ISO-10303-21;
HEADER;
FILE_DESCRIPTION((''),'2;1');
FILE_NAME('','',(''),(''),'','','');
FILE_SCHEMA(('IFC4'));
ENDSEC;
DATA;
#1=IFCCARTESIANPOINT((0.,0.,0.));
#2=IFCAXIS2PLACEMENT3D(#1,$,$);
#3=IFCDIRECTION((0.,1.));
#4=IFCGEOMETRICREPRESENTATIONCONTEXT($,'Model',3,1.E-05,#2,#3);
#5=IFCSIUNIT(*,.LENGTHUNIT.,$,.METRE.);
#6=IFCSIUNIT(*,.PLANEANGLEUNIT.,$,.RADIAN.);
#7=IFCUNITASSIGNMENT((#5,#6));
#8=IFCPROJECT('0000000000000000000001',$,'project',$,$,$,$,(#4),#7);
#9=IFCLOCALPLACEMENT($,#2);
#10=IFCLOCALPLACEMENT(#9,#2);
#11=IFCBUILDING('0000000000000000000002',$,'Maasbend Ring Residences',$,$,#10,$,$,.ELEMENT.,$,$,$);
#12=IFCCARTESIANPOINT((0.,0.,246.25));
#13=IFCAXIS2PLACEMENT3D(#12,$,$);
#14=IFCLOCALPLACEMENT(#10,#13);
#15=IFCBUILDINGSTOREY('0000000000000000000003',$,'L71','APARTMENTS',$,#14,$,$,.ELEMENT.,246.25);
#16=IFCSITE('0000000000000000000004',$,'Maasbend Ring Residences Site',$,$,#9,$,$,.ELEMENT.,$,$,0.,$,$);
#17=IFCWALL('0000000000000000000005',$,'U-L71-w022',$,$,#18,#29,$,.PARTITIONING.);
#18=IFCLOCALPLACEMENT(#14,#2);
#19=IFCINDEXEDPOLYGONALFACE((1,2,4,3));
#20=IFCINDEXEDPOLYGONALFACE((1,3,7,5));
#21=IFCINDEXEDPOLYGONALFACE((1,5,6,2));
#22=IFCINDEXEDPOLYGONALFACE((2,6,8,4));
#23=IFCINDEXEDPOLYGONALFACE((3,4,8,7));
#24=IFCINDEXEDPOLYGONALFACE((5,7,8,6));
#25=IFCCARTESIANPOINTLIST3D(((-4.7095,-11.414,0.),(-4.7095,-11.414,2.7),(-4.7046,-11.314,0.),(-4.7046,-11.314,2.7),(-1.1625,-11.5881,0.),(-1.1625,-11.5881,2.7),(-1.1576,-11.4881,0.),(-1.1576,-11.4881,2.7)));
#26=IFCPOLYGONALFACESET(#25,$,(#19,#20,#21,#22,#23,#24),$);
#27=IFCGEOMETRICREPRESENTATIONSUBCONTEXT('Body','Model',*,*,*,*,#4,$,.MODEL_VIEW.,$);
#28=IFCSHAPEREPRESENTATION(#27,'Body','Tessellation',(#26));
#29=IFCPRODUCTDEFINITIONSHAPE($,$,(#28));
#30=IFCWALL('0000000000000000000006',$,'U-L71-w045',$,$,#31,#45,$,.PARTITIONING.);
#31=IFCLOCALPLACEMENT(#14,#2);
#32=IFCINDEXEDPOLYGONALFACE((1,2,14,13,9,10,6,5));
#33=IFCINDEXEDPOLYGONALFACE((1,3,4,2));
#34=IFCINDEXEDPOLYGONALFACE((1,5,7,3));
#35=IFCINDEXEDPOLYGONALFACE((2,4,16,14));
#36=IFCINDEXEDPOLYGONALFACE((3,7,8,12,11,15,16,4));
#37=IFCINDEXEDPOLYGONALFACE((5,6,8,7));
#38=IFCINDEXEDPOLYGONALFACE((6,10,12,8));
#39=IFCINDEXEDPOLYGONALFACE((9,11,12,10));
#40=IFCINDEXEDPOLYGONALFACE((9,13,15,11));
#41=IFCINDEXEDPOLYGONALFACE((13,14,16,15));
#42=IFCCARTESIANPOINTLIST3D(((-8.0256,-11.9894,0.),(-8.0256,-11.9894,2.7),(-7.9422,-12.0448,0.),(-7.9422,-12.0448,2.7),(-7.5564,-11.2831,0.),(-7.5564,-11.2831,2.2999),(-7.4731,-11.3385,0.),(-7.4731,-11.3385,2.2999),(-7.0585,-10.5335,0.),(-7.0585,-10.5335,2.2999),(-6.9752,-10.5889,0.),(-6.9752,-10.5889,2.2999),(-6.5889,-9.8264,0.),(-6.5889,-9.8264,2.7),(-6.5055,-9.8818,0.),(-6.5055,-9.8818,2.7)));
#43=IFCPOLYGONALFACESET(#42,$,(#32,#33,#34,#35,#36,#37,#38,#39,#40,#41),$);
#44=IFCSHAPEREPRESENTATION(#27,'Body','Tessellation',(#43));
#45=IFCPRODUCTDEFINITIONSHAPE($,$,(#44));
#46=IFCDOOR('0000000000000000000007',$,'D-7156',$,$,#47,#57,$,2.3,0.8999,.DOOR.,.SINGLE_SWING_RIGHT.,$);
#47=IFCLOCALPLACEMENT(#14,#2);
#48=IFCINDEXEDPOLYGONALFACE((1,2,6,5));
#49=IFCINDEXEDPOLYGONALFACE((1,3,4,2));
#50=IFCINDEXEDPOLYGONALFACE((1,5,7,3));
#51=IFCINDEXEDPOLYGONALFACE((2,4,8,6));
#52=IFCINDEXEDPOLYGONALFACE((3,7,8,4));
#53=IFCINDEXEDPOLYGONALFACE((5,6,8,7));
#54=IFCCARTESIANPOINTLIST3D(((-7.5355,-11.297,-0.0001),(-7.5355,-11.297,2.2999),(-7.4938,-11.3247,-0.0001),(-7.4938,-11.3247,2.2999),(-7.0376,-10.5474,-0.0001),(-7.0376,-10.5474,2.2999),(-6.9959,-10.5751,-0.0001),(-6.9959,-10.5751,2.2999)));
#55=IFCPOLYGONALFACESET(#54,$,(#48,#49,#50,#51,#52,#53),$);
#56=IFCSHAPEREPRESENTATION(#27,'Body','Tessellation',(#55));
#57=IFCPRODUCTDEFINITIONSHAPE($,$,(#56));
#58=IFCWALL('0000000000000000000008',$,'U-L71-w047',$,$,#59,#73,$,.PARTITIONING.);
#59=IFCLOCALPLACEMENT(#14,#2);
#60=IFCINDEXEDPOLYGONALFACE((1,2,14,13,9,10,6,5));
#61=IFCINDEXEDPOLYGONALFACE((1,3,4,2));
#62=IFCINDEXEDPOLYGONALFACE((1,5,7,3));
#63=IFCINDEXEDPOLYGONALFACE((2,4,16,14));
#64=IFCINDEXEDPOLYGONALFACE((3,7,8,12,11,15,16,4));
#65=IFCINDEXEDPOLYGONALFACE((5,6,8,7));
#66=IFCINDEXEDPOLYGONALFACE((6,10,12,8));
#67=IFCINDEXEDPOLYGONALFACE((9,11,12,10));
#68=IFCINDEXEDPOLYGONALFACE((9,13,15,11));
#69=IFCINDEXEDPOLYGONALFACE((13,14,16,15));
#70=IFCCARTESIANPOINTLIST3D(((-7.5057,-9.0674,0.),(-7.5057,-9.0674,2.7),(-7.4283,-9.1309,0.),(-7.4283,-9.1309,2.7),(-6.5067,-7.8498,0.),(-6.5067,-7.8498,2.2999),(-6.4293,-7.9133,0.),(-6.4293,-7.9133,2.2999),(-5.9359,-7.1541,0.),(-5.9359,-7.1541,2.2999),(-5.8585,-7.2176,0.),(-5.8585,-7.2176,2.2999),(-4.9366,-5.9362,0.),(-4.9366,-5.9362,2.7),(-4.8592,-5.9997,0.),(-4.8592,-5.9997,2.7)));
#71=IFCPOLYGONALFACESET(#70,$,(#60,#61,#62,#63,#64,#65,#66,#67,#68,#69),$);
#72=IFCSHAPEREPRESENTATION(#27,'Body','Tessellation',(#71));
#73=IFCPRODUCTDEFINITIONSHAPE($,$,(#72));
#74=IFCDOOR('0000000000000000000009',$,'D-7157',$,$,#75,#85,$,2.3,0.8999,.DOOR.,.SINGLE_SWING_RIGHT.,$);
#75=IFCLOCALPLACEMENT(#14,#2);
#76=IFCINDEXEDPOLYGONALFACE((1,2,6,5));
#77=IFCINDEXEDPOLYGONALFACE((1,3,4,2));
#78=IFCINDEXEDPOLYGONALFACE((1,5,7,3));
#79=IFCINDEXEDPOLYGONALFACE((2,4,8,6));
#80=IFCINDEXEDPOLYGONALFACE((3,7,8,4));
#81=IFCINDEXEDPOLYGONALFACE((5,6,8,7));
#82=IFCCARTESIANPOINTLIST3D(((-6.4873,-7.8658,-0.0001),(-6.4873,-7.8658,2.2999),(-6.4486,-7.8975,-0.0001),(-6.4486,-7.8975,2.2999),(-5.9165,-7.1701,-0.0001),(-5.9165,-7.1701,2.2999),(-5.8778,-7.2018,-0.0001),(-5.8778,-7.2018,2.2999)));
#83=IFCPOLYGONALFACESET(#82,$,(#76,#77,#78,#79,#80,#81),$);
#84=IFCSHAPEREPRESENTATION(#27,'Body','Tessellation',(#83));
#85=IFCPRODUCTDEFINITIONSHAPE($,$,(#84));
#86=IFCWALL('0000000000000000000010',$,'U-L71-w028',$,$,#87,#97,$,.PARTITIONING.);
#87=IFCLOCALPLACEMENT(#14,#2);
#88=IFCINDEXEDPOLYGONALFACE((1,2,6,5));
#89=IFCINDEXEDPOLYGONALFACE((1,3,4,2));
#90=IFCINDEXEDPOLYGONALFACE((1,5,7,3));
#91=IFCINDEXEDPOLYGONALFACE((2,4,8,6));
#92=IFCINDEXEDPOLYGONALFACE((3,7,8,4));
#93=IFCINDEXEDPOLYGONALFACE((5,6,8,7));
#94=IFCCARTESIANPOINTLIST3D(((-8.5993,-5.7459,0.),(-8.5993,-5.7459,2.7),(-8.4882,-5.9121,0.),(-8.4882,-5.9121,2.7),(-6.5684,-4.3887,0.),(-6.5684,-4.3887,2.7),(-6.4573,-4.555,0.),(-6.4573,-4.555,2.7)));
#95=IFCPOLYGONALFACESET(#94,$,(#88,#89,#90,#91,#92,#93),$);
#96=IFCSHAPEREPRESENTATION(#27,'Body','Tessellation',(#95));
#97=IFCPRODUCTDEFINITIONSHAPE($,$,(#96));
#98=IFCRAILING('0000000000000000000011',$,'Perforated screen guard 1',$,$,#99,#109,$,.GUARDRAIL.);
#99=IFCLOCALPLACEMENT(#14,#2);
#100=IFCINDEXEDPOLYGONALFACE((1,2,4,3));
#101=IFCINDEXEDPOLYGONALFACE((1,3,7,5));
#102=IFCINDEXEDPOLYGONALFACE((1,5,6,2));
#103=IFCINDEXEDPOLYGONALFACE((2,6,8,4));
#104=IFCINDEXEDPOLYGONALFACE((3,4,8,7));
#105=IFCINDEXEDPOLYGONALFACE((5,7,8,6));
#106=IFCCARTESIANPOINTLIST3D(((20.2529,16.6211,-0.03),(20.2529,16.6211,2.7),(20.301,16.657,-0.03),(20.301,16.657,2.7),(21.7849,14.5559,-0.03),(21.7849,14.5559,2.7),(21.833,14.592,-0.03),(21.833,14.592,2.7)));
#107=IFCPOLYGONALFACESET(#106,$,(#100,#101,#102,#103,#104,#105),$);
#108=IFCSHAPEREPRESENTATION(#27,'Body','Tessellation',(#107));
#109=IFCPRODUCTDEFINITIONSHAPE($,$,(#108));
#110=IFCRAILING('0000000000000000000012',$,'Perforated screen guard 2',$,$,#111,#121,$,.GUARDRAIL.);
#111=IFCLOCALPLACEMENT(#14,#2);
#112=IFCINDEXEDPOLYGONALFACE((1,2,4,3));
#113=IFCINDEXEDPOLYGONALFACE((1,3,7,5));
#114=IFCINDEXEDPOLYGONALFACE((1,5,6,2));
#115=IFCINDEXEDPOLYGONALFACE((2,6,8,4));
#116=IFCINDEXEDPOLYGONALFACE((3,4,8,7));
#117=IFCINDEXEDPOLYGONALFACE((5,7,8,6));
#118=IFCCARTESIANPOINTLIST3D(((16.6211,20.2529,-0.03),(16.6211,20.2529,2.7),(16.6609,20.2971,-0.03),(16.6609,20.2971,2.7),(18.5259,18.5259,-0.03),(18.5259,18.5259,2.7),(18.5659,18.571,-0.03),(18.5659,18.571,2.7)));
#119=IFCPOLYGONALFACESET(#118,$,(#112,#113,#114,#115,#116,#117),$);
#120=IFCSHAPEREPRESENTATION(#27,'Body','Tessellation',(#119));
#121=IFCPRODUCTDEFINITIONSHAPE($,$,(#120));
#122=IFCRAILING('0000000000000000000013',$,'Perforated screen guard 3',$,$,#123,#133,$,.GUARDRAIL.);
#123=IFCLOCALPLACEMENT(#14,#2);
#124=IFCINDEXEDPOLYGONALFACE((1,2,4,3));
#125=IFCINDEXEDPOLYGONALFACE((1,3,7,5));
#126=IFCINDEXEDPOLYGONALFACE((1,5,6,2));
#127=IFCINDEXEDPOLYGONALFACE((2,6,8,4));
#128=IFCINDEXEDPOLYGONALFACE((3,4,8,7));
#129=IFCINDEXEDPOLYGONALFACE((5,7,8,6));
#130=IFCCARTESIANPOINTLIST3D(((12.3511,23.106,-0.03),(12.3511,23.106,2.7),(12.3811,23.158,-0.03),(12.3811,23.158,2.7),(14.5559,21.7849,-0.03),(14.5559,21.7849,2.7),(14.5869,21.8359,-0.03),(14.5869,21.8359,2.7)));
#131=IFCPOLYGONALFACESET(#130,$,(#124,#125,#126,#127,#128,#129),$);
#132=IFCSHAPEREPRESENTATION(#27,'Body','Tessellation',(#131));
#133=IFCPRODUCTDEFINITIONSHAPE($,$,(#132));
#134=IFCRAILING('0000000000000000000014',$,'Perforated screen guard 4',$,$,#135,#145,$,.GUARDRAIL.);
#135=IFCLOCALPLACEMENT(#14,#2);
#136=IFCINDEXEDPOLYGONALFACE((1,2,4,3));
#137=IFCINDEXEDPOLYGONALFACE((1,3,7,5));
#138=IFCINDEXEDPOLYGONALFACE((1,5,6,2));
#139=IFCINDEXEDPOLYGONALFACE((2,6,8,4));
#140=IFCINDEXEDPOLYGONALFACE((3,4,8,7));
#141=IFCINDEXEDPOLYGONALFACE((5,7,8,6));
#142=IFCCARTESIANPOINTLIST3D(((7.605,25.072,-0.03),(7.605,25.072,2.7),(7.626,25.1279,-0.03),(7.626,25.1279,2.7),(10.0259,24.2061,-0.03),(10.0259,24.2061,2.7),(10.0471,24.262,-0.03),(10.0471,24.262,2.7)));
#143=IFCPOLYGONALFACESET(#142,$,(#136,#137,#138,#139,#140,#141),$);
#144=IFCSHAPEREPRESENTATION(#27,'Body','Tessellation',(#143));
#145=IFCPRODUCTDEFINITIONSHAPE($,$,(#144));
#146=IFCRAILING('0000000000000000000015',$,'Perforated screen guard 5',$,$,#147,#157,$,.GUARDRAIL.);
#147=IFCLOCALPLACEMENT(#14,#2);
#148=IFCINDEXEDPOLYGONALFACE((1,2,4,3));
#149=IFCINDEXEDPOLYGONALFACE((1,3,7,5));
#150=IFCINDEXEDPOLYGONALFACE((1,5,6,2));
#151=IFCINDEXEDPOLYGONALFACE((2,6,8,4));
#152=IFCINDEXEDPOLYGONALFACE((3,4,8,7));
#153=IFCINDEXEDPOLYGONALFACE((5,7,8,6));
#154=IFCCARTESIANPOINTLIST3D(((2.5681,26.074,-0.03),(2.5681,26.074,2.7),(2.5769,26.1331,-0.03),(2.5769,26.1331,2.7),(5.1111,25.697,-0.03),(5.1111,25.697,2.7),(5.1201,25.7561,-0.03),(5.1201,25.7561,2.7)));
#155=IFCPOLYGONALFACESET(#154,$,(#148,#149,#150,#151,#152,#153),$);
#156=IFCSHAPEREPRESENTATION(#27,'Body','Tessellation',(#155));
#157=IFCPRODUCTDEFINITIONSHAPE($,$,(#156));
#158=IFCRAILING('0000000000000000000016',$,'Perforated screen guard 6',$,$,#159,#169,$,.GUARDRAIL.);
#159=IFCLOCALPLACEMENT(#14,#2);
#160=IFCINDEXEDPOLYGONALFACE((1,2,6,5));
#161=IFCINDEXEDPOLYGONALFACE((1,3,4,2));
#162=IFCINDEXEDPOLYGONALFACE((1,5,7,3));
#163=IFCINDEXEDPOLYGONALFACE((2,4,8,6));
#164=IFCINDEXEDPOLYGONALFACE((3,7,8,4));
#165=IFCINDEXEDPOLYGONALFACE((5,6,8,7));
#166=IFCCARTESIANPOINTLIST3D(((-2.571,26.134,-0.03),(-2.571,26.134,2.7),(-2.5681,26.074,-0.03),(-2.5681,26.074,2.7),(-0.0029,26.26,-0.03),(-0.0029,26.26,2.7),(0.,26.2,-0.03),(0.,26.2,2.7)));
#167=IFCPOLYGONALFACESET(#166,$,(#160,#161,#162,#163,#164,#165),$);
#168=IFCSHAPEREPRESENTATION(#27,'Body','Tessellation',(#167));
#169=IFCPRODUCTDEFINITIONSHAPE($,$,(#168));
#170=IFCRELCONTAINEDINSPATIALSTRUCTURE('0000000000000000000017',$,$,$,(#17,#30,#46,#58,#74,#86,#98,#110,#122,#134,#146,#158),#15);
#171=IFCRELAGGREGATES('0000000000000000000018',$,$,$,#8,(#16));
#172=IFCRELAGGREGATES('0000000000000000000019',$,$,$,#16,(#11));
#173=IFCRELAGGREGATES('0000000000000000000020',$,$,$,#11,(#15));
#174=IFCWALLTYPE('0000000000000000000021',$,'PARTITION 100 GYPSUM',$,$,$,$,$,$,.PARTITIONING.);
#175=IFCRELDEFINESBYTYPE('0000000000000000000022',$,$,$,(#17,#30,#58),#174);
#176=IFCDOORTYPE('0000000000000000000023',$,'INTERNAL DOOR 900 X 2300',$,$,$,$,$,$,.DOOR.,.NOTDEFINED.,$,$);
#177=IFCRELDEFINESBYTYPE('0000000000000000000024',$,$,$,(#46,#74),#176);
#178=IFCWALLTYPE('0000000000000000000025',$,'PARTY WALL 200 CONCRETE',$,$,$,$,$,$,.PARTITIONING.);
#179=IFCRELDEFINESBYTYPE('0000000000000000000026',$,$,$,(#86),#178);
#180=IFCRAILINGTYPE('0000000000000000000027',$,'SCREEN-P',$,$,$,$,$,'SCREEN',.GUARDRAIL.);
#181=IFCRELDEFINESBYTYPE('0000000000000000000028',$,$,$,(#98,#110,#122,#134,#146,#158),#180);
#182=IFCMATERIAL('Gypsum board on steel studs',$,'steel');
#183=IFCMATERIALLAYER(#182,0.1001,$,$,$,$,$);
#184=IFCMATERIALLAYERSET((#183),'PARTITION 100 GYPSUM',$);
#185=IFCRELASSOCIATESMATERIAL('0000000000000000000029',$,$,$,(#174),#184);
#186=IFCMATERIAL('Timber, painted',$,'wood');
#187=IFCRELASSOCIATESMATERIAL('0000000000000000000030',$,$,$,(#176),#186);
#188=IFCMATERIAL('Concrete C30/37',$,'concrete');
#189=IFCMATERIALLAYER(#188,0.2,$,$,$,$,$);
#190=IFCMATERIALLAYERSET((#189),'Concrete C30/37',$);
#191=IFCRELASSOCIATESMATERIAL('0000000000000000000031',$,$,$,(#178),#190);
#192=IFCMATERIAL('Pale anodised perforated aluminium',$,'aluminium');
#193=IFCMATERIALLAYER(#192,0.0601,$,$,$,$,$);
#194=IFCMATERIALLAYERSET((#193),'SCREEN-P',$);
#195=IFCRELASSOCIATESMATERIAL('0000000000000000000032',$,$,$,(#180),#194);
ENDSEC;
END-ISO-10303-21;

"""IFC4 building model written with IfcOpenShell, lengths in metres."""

from ifc_helpers import new_model, si_unit, direction, frame, frame_2d, origin, place, context, subcontext, project, spatial, polyline, rectangle, outline, extrude, material, layer, layer_set, type_object, element, fill, save


model = new_model("IFC4")

# Units and contexts
model_context = context("Model", 3, precision=1e-05, world=origin(), true_north=direction((0.0, 1.0)))
body_context = subcontext(model_context, "Body", "Model", "MODEL_VIEW")
ifc_project = project(units=[si_unit("LENGTHUNIT", "METRE"), si_unit("PLANEANGLEUNIT", "RADIAN")], contexts=[model_context])

# Site, building, storey
site_placement = place(None, origin())
site = spatial("IfcSite", under=ifc_project, at=site_placement, Name="Maasbend Ring Residences Site", CompositionType="ELEMENT", RefElevation=0.0)
building_placement = place(site_placement, origin())
building = spatial("IfcBuilding", under=site, at=building_placement, Name="Maasbend Ring Residences", CompositionType="ELEMENT")
storey_placement = place(building_placement, frame((0.0, 0.0, 246.25)))
storey = spatial("IfcBuildingStorey", under=building, at=storey_placement, Name="L71", Description="APARTMENTS", CompositionType="ELEMENT", Elevation=246.25)

# Wall
ifc_material_1 = material(Name="Gypsum board on steel studs", Category="steel")
ifc_layer_1 = layer(ifc_material_1, 0.1001)
ifc_layer_set_1 = layer_set([ifc_layer_1], Name="PARTITION 100 GYPSUM")
wall_type_1 = type_object("IfcWallType", Name="PARTITION 100 GYPSUM", PredefinedType="PARTITIONING", material=ifc_layer_set_1)
wall_1_placement = place(storey_placement, frame((-4.707, -11.364, 0.0), z_axis=(0.0, 0.0, 1.0), x_axis=(0.998798, -0.049015, 0.0)))
element("IfcWall", 1, at=wall_1_placement, inside=storey, type_object=wall_type_1, Name="U-L71-w022", PredefinedType="PARTITIONING", context=body_context, shape_type="SweptSolid", body=[
    extrude(rectangle(XDim=3.5513, YDim=0.1001, at=frame_2d((1.7756, 0.0))), origin(), (0.0, 0.0, 1.0), 2.7),
])

# Walls, openings, doors
wall_2_placement = place(storey_placement, frame((-7.9839, -12.0171, 0.0), z_axis=(0.0, 0.0, 1.0), x_axis=(0.553289, 0.832989, 0.0)))
wall_2 = element("IfcWall", 2, at=wall_2_placement, inside=storey, type_object=wall_type_1, Name="U-L71-w045", PredefinedType="PARTITIONING", context=body_context, shape_type="SweptSolid", body=[
    extrude(rectangle(XDim=2.5967, YDim=0.1001, at=frame_2d((1.2983, 0.0))), origin(), (0.0, 0.0, 1.0), 2.7),
])
opening_1_placement = place(wall_2_placement, frame((0.8479, 0.0, 0.0)))
opening_1 = element("IfcOpeningElement", 3, at=opening_1_placement, cuts=wall_2, PredefinedType="OPENING", context=body_context, shape_type="SweptSolid", body=[
    extrude(rectangle(XDim=0.8999, YDim=2.3, at=frame_2d((0.45, 1.1499))), frame((0.0, 0.0601, 0.0), z_axis=(0.0, -1.0, 0.0), x_axis=(1.0, 0.0, 0.0)), (0.0, 0.0, 1.0), 0.1201),
])
ifc_material_2 = material(Name="Timber, painted", Category="wood")
door_type = type_object("IfcDoorType", Name="INTERNAL DOOR 900 X 2300", OperationType="NOTDEFINED", PredefinedType="DOOR", material=ifc_material_2)
door_1_placement = place(opening_1_placement, origin())
door_1 = element("IfcDoor", 4, at=door_1_placement, inside=storey, type_object=door_type, Name="D-7156", OperationType="SINGLE_SWING_RIGHT", OverallHeight=2.3, OverallWidth=0.8999, PredefinedType="DOOR", context=body_context, shape_type="SweptSolid", body=[
    extrude(rectangle(XDim=0.8999, YDim=2.3, at=frame_2d((0.45, 1.1499))), frame((0.0, 0.0249, 0.0), z_axis=(0.0, -1.0, 0.0), x_axis=(1.0, 0.0, 0.0)), (0.0, 0.0, 1.0), 0.05),
])
fill(opening_1, door_1)
wall_3_placement = place(storey_placement, frame((-7.467, -9.0991, 0.0), z_axis=(0.0, 0.0, 1.0), x_axis=(0.634314, 0.773076, 0.0)))
wall_3 = element("IfcWall", 5, at=wall_3_placement, inside=storey, type_object=wall_type_1, Name="U-L71-w047", PredefinedType="PARTITIONING", context=body_context, shape_type="SweptSolid", body=[
    extrude(rectangle(XDim=4.0503, YDim=0.1001, at=frame_2d((2.0251, 0.0))), origin(), (0.0, 0.0, 1.0), 2.7),
])
opening_2_placement = place(wall_3_placement, frame((1.575, 0.0, 0.0)))
opening_2 = element("IfcOpeningElement", 6, at=opening_2_placement, cuts=wall_3, PredefinedType="OPENING", context=body_context, shape_type="SweptSolid", body=[
    extrude(rectangle(XDim=0.8999, YDim=2.3, at=frame_2d((0.45, 1.1499))), frame((0.0, 0.0601, 0.0), z_axis=(0.0, -1.0, 0.0), x_axis=(1.0, 0.0, 0.0)), (0.0, 0.0, 1.0), 0.1201),
])
door_2_placement = place(opening_2_placement, origin())
door_2 = element("IfcDoor", 7, at=door_2_placement, inside=storey, type_object=door_type, Name="D-7157", OperationType="SINGLE_SWING_RIGHT", OverallHeight=2.3, OverallWidth=0.8999, PredefinedType="DOOR", context=body_context, shape_type="SweptSolid", body=[
    extrude(rectangle(XDim=0.8999, YDim=2.3, at=frame_2d((0.45, 1.1499))), frame((0.0, 0.0249, 0.0), z_axis=(0.0, -1.0, 0.0), x_axis=(1.0, 0.0, 0.0)), (0.0, 0.0, 1.0), 0.05),
])
fill(opening_2, door_2)

# Wall
ifc_material_3 = material(Name="Concrete C30/37", Category="concrete")
ifc_layer_2 = layer(ifc_material_3, 0.2)
ifc_layer_set_2 = layer_set([ifc_layer_2], Name="Concrete C30/37")
wall_type_2 = type_object("IfcWallType", Name="PARTY WALL 200 CONCRETE", PredefinedType="PARTITIONING", material=ifc_layer_set_2)
wall_4_placement = place(storey_placement, frame((-6.5129, -4.4719, 0.0), z_axis=(0.0, 0.0, 1.0), x_axis=(-0.83145, -0.555599, 0.0)))
element("IfcWall", 8, at=wall_4_placement, inside=storey, type_object=wall_type_2, Name="U-L71-w028", PredefinedType="PARTITIONING", context=body_context, shape_type="SweptSolid", body=[
    extrude(rectangle(XDim=2.4426, YDim=0.2, at=frame_2d((1.2212, 0.0))), origin(), (0.0, 0.0, 1.0), 2.7),
])

# Railings
ifc_material_4 = material(Name="Pale anodised perforated aluminium", Category="aluminium")
ifc_layer_3 = layer(ifc_material_4, 0.0601)
ifc_layer_set_3 = layer_set([ifc_layer_3], Name="SCREEN-P")
railing_type = type_object("IfcRailingType", Name="SCREEN-P", ElementType="SCREEN", PredefinedType="GUARDRAIL", material=ifc_layer_set_3)
railing_1_placement = place(storey_placement, frame((0.0, 0.0, -0.03)))
element("IfcRailing", 9, at=railing_1_placement, inside=storey, type_object=railing_type, Name="Perforated screen guard 1", PredefinedType="GUARDRAIL", context=body_context, shape_type="SweptSolid", body=[
    extrude(outline(polyline([(21.7849, 14.5559), (20.2529, 16.6211), (20.301, 16.657), (21.833, 14.592), (21.7849, 14.5559)])), origin(), (0.0, 0.0, 1.0), 2.73),
])
railing_2_placement = place(storey_placement, frame((0.0, 0.0, -0.03)))
element("IfcRailing", 10, at=railing_2_placement, inside=storey, type_object=railing_type, Name="Perforated screen guard 2", PredefinedType="GUARDRAIL", context=body_context, shape_type="SweptSolid", body=[
    extrude(outline(polyline([(18.5259, 18.5259), (16.6211, 20.2529), (16.6609, 20.2971), (18.5659, 18.571), (18.5259, 18.5259)])), origin(), (0.0, 0.0, 1.0), 2.73),
])
railing_3_placement = place(storey_placement, frame((0.0, 0.0, -0.03)))
element("IfcRailing", 11, at=railing_3_placement, inside=storey, type_object=railing_type, Name="Perforated screen guard 3", PredefinedType="GUARDRAIL", context=body_context, shape_type="SweptSolid", body=[
    extrude(outline(polyline([(14.5559, 21.7849), (12.3511, 23.106), (12.3811, 23.158), (14.5869, 21.8359), (14.5559, 21.7849)])), origin(), (0.0, 0.0, 1.0), 2.73),
])
railing_4_placement = place(storey_placement, frame((0.0, 0.0, -0.03)))
element("IfcRailing", 12, at=railing_4_placement, inside=storey, type_object=railing_type, Name="Perforated screen guard 4", PredefinedType="GUARDRAIL", context=body_context, shape_type="SweptSolid", body=[
    extrude(outline(polyline([(10.0259, 24.2061), (7.605, 25.072), (7.626, 25.1279), (10.0471, 24.262), (10.0259, 24.2061)])), origin(), (0.0, 0.0, 1.0), 2.73),
])
railing_5_placement = place(storey_placement, frame((0.0, 0.0, -0.03)))
element("IfcRailing", 13, at=railing_5_placement, inside=storey, type_object=railing_type, Name="Perforated screen guard 5", PredefinedType="GUARDRAIL", context=body_context, shape_type="SweptSolid", body=[
    extrude(outline(polyline([(5.1111, 25.697), (2.5681, 26.074), (2.5769, 26.1331), (5.1201, 25.7561), (5.1111, 25.697)])), origin(), (0.0, 0.0, 1.0), 2.73),
])
railing_6_placement = place(storey_placement, frame((0.0, 0.0, -0.03)))
element("IfcRailing", 14, at=railing_6_placement, inside=storey, type_object=railing_type, Name="Perforated screen guard 6", PredefinedType="GUARDRAIL", context=body_context, shape_type="SweptSolid", body=[
    extrude(outline(polyline([(0.0, 26.2), (-2.5681, 26.074), (-2.571, 26.134), (-0.0029, 26.26), (0.0, 26.2)])), origin(), (0.0, 0.0, 1.0), 2.73),
])

save(model, "model.ifc")
